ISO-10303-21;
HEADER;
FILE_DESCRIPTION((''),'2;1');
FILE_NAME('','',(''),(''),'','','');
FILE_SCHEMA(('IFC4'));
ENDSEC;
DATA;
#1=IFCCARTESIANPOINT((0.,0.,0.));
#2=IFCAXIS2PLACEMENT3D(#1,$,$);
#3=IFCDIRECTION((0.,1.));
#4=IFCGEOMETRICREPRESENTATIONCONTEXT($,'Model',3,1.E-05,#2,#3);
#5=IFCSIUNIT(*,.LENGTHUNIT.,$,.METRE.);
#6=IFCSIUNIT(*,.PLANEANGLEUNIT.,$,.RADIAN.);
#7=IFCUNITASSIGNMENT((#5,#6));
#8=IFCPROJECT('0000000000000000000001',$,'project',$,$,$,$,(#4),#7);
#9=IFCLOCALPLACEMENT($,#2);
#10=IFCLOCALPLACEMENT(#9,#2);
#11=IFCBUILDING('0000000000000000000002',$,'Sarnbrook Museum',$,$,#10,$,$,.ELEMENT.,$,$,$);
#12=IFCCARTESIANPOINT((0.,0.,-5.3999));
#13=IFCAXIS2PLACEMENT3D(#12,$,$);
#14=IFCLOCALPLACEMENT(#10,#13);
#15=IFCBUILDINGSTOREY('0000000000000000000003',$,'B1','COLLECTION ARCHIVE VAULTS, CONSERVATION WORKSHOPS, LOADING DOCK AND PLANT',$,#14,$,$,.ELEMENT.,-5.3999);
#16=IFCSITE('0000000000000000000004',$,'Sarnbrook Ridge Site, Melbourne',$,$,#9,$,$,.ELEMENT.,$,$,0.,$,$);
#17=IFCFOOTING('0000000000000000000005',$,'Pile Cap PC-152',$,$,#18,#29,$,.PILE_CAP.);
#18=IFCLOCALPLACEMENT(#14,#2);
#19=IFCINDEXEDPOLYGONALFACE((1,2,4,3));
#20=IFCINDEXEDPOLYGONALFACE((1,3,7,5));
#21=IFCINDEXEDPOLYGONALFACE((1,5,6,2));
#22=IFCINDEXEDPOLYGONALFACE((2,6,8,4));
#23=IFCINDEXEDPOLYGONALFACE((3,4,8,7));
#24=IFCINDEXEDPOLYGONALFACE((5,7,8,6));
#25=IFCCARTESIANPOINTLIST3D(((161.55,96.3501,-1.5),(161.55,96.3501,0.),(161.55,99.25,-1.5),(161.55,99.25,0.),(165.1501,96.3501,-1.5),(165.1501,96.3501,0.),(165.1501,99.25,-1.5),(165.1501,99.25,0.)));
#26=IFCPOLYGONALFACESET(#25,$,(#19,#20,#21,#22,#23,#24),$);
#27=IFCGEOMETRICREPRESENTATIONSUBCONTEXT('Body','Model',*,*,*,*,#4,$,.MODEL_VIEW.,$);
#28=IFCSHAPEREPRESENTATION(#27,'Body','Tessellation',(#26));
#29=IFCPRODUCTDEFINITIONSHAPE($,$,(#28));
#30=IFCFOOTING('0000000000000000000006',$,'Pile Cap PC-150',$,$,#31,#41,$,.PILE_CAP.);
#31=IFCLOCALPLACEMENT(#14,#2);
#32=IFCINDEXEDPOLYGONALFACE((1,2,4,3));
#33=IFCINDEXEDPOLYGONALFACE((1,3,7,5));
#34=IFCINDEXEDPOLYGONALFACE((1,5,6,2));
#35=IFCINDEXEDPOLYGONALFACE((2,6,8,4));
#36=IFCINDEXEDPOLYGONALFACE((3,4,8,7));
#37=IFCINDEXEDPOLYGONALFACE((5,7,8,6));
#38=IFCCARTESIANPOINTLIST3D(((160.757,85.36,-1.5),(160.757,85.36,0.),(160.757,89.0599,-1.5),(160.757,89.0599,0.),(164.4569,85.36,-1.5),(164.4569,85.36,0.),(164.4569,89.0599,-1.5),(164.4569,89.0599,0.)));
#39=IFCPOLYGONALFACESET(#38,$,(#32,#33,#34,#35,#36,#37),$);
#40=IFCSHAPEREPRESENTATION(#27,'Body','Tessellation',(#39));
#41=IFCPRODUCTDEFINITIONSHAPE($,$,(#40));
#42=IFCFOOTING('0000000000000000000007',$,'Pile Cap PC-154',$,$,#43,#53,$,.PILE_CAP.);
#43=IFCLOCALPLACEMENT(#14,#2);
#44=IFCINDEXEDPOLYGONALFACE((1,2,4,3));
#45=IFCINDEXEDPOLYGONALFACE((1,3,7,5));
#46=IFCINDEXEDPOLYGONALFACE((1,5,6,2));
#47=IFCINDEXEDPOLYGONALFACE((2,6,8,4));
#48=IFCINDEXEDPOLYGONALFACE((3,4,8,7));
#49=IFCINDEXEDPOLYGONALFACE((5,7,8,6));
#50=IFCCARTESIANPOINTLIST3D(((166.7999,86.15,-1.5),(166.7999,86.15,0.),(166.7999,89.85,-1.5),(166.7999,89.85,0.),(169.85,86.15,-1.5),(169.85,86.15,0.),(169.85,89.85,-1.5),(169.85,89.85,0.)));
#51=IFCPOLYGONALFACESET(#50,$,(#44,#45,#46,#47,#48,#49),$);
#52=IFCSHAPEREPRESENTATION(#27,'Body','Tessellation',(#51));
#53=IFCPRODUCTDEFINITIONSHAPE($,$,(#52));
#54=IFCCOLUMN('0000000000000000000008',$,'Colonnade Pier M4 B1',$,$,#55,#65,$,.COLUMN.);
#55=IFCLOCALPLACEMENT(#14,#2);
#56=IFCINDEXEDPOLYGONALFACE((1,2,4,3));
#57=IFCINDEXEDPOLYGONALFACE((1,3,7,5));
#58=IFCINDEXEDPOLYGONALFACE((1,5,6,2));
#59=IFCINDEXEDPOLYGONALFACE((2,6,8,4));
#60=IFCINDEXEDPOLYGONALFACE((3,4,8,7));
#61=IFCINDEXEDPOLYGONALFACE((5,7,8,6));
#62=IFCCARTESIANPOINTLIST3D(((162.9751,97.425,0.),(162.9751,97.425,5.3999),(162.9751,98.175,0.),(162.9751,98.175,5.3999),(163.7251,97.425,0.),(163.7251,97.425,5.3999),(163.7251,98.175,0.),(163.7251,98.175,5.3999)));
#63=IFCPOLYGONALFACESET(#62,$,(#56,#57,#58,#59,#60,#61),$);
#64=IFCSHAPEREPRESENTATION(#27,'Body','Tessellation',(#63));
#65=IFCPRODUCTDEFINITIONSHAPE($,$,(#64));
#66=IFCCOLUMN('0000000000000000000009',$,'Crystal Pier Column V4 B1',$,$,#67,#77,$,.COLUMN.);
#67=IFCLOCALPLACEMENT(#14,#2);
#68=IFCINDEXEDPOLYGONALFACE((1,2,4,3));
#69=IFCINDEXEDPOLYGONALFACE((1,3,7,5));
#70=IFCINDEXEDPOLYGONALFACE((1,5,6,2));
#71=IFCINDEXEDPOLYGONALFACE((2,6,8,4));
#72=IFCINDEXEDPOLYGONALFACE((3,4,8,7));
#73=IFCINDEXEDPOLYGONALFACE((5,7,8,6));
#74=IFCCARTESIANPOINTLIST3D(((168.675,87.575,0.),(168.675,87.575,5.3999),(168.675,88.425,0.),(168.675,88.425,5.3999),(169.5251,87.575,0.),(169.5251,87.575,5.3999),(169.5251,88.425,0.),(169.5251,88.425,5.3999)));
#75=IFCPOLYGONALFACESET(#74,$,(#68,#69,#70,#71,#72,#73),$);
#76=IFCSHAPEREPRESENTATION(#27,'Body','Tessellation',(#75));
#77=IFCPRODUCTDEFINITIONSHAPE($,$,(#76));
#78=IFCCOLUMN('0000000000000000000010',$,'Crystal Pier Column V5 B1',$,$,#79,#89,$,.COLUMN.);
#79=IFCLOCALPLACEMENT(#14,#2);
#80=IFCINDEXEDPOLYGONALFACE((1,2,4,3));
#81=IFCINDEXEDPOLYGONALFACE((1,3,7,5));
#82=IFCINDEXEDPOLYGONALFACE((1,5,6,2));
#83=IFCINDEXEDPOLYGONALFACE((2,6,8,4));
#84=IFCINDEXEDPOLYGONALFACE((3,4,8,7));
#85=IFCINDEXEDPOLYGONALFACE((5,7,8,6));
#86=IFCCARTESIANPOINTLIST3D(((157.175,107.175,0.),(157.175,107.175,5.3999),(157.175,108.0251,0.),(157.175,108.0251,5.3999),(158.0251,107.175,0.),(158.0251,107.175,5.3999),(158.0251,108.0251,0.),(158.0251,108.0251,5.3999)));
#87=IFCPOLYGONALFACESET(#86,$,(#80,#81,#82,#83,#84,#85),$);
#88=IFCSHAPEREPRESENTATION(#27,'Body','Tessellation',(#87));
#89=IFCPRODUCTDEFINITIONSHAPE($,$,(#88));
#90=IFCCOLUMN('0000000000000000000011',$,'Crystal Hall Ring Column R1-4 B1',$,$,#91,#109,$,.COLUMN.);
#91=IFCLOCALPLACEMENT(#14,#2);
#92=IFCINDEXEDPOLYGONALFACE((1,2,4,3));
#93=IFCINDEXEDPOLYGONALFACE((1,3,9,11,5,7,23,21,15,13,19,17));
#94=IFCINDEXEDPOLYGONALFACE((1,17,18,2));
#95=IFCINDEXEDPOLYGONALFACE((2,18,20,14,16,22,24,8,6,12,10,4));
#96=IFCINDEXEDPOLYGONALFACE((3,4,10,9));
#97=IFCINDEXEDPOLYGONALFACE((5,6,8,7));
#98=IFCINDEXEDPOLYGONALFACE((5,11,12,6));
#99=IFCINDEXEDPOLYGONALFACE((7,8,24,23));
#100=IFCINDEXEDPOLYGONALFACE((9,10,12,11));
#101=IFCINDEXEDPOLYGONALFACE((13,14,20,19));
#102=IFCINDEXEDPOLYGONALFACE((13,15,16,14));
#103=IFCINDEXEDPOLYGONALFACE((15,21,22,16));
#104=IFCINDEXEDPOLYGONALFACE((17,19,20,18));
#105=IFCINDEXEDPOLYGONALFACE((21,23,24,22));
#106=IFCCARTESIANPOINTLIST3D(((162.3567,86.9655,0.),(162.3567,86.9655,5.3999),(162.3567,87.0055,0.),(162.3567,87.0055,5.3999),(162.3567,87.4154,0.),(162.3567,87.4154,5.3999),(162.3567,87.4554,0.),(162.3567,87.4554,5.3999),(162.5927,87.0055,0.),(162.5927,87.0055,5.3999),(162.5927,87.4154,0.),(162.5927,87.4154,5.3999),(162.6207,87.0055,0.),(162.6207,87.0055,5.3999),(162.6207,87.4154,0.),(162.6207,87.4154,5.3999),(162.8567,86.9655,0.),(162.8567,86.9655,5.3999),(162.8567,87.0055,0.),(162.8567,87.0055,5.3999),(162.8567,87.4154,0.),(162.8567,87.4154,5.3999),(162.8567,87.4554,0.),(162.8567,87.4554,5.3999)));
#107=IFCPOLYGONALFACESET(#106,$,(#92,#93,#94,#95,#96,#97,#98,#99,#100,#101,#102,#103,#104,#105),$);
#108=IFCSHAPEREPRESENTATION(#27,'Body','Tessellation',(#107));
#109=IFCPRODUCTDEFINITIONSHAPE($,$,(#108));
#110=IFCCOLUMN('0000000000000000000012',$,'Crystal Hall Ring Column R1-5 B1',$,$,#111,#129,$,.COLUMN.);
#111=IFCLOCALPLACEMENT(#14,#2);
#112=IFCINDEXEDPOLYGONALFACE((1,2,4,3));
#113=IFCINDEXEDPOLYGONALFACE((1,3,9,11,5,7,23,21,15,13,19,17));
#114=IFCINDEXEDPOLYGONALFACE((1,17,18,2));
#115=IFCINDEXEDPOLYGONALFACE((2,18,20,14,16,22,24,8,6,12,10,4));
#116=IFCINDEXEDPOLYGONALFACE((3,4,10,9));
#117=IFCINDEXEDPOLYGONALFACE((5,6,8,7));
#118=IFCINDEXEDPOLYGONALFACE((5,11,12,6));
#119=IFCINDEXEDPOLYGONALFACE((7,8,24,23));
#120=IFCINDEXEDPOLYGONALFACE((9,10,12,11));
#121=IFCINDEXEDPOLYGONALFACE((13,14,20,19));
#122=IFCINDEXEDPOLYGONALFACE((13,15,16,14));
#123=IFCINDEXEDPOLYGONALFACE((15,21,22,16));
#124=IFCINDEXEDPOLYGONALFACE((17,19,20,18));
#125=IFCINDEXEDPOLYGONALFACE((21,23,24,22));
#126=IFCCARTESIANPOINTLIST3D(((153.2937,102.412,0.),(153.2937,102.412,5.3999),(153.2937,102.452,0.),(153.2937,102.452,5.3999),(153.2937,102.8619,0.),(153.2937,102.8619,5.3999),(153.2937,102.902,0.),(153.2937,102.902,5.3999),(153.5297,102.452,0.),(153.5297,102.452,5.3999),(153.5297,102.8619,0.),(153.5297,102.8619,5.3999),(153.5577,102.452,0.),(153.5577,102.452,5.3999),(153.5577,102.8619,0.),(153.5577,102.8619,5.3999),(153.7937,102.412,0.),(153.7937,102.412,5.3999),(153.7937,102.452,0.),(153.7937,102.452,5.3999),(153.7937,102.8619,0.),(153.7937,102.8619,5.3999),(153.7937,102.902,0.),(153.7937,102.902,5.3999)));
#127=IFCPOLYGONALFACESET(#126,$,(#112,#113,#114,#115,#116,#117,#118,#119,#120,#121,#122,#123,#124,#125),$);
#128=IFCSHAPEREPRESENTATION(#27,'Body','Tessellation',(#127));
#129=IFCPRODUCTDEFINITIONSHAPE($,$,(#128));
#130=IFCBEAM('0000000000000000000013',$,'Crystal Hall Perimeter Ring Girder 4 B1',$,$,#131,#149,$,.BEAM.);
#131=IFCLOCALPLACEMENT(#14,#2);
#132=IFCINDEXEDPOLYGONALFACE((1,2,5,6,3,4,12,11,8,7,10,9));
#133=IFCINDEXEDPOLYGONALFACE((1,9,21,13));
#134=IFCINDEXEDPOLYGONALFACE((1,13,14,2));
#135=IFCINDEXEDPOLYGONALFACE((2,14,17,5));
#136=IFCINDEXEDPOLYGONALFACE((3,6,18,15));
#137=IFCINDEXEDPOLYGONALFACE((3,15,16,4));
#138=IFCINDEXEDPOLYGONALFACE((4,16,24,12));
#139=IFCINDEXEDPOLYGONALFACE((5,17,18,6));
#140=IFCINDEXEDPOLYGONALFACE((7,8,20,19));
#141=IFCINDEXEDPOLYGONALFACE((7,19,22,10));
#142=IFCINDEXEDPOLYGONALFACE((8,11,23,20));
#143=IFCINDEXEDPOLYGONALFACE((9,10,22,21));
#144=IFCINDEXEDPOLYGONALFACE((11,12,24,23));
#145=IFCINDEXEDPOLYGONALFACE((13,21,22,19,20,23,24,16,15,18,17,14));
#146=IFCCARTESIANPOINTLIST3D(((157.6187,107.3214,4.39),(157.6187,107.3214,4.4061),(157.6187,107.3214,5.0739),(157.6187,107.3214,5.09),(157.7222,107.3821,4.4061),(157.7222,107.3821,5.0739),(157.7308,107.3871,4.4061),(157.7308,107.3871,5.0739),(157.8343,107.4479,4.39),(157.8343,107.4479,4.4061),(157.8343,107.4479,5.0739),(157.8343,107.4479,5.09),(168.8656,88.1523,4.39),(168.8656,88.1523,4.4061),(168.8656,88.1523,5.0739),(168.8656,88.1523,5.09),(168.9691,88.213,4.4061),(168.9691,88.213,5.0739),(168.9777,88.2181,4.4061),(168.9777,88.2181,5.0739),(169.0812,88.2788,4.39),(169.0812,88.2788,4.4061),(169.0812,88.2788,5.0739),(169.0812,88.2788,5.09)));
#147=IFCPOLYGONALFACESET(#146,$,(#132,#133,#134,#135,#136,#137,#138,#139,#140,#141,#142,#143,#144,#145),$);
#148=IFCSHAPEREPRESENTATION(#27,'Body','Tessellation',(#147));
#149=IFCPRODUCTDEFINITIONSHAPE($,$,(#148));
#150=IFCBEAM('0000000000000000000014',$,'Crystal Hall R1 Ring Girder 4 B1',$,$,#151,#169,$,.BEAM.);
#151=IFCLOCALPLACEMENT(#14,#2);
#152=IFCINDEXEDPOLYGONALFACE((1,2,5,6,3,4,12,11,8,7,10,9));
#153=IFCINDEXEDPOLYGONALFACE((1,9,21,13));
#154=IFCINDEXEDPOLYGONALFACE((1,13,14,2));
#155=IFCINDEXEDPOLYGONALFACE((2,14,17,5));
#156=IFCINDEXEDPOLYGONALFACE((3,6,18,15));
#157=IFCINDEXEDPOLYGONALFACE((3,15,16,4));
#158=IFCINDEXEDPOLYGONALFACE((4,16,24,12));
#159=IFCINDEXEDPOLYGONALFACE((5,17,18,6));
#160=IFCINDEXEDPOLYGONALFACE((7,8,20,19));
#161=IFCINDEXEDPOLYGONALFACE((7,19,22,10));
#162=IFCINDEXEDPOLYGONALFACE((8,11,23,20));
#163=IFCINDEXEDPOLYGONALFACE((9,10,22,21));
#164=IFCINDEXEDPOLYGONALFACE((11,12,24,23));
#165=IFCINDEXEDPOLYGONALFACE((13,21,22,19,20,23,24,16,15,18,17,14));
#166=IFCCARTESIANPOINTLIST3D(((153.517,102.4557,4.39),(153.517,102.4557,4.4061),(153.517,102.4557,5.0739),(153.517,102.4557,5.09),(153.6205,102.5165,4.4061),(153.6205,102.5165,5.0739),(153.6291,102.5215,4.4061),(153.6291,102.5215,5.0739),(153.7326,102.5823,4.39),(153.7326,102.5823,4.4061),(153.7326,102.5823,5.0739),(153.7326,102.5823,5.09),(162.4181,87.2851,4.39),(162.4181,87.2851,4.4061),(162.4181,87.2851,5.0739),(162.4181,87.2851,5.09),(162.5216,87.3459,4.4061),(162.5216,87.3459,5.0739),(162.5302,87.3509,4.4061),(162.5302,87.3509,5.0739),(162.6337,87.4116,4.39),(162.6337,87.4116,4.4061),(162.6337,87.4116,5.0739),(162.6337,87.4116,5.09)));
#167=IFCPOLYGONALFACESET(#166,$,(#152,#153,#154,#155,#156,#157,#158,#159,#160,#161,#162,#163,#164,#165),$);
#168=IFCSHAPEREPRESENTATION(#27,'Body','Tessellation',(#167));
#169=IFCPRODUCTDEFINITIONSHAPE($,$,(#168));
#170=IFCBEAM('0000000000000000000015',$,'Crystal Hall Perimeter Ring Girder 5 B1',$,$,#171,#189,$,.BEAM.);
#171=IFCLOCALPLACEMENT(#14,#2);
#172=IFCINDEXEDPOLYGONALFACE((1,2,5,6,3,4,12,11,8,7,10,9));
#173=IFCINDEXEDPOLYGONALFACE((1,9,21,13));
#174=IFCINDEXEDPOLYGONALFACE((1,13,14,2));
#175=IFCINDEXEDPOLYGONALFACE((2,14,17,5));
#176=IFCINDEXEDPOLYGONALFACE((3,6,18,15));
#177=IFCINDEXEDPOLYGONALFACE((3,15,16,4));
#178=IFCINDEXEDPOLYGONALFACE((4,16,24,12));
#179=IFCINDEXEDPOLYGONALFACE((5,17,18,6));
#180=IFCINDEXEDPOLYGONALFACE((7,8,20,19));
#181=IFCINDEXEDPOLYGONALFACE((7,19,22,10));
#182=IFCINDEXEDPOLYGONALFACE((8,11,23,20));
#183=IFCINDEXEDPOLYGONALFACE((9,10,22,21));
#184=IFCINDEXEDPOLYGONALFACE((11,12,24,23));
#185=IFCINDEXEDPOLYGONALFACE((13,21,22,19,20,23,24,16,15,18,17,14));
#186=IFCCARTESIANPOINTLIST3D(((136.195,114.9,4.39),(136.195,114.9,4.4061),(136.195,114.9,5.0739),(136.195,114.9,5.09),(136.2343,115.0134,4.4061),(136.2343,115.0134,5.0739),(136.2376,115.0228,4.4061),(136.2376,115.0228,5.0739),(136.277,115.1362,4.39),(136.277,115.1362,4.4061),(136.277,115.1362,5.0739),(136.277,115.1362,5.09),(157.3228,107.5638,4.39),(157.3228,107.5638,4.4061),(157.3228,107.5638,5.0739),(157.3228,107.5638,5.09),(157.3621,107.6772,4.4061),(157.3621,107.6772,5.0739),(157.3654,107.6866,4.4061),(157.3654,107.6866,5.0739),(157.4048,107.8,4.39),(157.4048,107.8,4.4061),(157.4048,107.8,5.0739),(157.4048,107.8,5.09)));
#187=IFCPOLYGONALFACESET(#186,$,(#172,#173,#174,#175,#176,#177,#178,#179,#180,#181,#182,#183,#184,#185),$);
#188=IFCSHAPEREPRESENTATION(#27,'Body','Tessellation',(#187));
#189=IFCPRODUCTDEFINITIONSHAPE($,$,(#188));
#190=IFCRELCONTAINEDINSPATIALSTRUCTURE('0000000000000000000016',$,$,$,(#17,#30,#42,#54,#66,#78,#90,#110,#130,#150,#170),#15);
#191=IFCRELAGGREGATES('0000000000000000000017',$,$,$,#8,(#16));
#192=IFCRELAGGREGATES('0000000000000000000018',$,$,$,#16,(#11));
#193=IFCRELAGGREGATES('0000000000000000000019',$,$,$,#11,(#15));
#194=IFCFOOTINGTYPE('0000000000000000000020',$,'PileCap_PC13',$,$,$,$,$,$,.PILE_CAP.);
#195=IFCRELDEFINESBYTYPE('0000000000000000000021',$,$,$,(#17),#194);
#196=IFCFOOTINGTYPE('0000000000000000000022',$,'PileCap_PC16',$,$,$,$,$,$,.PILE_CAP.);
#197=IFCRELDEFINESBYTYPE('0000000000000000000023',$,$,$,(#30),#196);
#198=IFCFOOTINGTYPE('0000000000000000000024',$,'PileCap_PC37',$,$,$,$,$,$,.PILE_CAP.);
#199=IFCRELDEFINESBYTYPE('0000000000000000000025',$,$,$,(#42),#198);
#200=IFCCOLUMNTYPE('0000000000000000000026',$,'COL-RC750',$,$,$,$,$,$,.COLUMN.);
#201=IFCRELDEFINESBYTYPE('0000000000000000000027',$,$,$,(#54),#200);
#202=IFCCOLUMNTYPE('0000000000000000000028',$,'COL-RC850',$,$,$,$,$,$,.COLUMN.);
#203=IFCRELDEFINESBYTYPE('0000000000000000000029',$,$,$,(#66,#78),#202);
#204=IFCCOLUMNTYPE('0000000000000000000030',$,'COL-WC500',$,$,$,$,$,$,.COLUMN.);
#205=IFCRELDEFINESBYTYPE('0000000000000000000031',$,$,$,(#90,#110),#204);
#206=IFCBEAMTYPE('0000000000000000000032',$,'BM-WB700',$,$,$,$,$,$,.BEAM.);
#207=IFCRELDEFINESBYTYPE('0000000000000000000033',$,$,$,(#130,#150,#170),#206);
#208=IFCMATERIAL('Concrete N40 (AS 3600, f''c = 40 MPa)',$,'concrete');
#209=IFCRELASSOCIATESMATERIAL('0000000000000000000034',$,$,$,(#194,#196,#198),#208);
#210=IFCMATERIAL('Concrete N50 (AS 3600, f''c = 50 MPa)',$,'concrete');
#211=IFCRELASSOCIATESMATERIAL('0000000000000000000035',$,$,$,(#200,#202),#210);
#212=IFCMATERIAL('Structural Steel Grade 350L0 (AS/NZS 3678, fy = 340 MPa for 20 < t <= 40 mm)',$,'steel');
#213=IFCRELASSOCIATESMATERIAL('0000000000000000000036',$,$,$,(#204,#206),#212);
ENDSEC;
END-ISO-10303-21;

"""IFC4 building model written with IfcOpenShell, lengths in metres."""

from ifc_helpers import new_model, si_unit, direction, frame, origin, origin_2d, place, context, subcontext, project, spatial, rectangle, i_section, extrude, material, material_profile, profile_set, type_object, element, save


model = new_model("IFC4")

# Units and contexts
model_context = context("Model", 3, precision=1e-05, world=origin(), true_north=direction((0.0, 1.0)))
body_context = subcontext(model_context, "Body", "Model", "MODEL_VIEW")
ifc_project = project(units=[si_unit("LENGTHUNIT", "METRE"), si_unit("PLANEANGLEUNIT", "RADIAN")], contexts=[model_context])

# Site, building, storey
site_placement = place(None, origin())
site = spatial("IfcSite", under=ifc_project, at=site_placement, Name="Sarnbrook Ridge Site, Melbourne", CompositionType="ELEMENT", RefElevation=0.0)
building_placement = place(site_placement, origin())
building = spatial("IfcBuilding", under=site, at=building_placement, Name="Sarnbrook Museum", CompositionType="ELEMENT")
storey_placement = place(building_placement, frame((0.0, 0.0, -5.3999)))
storey = spatial("IfcBuildingStorey", under=building, at=storey_placement, Name="B1", Description="COLLECTION ARCHIVE VAULTS, CONSERVATION WORKSHOPS, LOADING DOCK AND PLANT", CompositionType="ELEMENT", Elevation=-5.3999)

# Shared definitions
ifc_material_1 = material(Name="Concrete N50 (AS 3600, f'c = 50 MPa)", Category="concrete")

# Footings
ifc_material_2 = material(Name="Concrete N40 (AS 3600, f'c = 40 MPa)", Category="concrete")
footing_type_1 = type_object("IfcFootingType", Name="PileCap_PC13", PredefinedType="PILE_CAP", material=ifc_material_2)
footing_1_placement = place(storey_placement, frame((163.3501, 97.8, -1.5), z_axis=(0.0, 0.0, 1.0), x_axis=(1.0, 0.0, 0.0)))
element("IfcFooting", 1, at=footing_1_placement, inside=storey, type_object=footing_type_1, Name="Pile Cap PC-152", PredefinedType="PILE_CAP", context=body_context, shape_type="SweptSolid", body=[
    extrude(rectangle(XDim=3.6001, YDim=2.8999, at=origin_2d()), origin(), (0.0, 0.0, 1.0), 1.5),
])
footing_type_2 = type_object("IfcFootingType", Name="PileCap_PC16", PredefinedType="PILE_CAP", material=ifc_material_2)
footing_2_placement = place(storey_placement, frame((162.6069, 87.21, -1.5), z_axis=(0.0, 0.0, 1.0), x_axis=(1.0, 0.0, 0.0)))
element("IfcFooting", 2, at=footing_2_placement, inside=storey, type_object=footing_type_2, Name="Pile Cap PC-150", PredefinedType="PILE_CAP", context=body_context, shape_type="SweptSolid", body=[
    extrude(rectangle(XDim=3.7, YDim=3.7, at=origin_2d()), origin(), (0.0, 0.0, 1.0), 1.5),
])
footing_type_3 = type_object("IfcFootingType", Name="PileCap_PC37", PredefinedType="PILE_CAP", material=ifc_material_2)
footing_3_placement = place(storey_placement, frame((168.325, 88.0, -1.5), z_axis=(0.0, 0.0, 1.0), x_axis=(1.0, 0.0, 0.0)))
element("IfcFooting", 3, at=footing_3_placement, inside=storey, type_object=footing_type_3, Name="Pile Cap PC-154", PredefinedType="PILE_CAP", context=body_context, shape_type="SweptSolid", body=[
    extrude(rectangle(XDim=3.05, YDim=3.7, at=origin_2d()), origin(), (0.0, 0.0, 1.0), 1.5),
])

# Columns
ifc_material_profile_1 = material_profile(ifc_material_1, rectangle(XDim=0.75, YDim=0.75, at=origin_2d()), Name="RC 750x750")
ifc_profile_set_1 = profile_set([ifc_material_profile_1], Name="Concrete N50 (AS 3600, f'c = 50 MPa)")
column_type_1 = type_object("IfcColumnType", Name="COL-RC750", PredefinedType="COLUMN", material=ifc_profile_set_1)
column_placement = place(storey_placement, frame((163.3501, 97.8, 0.0), z_axis=(0.0, 0.0, 1.0), x_axis=(1.0, 0.0, 0.0)))
element("IfcColumn", 4, at=column_placement, inside=storey, type_object=column_type_1, Name="Colonnade Pier M4 B1", PredefinedType="COLUMN", context=body_context, shape_type="SweptSolid", body=[
    extrude(rectangle(XDim=0.75, YDim=0.75, at=origin_2d()), origin(), (0.0, 0.0, 1.0), 5.3999),
])
ifc_material_profile_2 = material_profile(ifc_material_1, rectangle(XDim=0.8501, YDim=0.8501, at=origin_2d()), Name="RC 850x850")
ifc_profile_set_2 = profile_set([ifc_material_profile_2], Name="Concrete N50 (AS 3600, f'c = 50 MPa)")
column_type_2 = type_object("IfcColumnType", Name="COL-RC850", PredefinedType="COLUMN", material=ifc_profile_set_2)
for number, where, z_axis, x_axis, name in (
    (5, (169.1001, 88.0, 0.0), (0.0, 0.0, 1.0), (1.0, 0.0, 0.0), "Crystal Pier Column V4 B1"),
    (6, (157.6001, 107.6001, 0.0), (0.0, 0.0, 1.0), (1.0, 0.0, 0.0), "Crystal Pier Column V5 B1"),
):
    element("IfcColumn", number, at=place(storey_placement, frame(where, z_axis=z_axis, x_axis=x_axis)), inside=storey, type_object=column_type_2, Name=name, PredefinedType="COLUMN", context=body_context, shape_type="SweptSolid", body=[
        extrude(rectangle(XDim=0.8501, YDim=0.8501, at=origin_2d()), origin(), (0.0, 0.0, 1.0), 5.3999),
    ])
ifc_material_3 = material(Name="Structural Steel Grade 350L0 (AS/NZS 3678, fy = 340 MPa for 20 < t <= 40 mm)", Category="steel")
ifc_material_profile_3 = material_profile(ifc_material_3, i_section(OverallWidth=0.5, OverallDepth=0.49, WebThickness=0.0281, FlangeThickness=0.04, at=origin_2d()), Name="500WC340")
ifc_profile_set_3 = profile_set([ifc_material_profile_3], Name="Structural Steel Grade 350L0 (AS/NZS 3678, fy = 340 MPa for 20 < t <= 40 mm)")
column_type_3 = type_object("IfcColumnType", Name="COL-WC500", PredefinedType="COLUMN", material=ifc_profile_set_3)
for number, where, z_axis, x_axis, name in (
    (7, (162.6067, 87.2104, 0.0), (0.0, 0.0, 1.0), (1.0, 0.0, 0.0), "Crystal Hall Ring Column R1-4 B1"),
    (8, (153.5437, 102.657, 0.0), (0.0, 0.0, 1.0), (1.0, 0.0, 0.0), "Crystal Hall Ring Column R1-5 B1"),
):
    element("IfcColumn", number, at=place(storey_placement, frame(where, z_axis=z_axis, x_axis=x_axis)), inside=storey, type_object=column_type_3, Name=name, PredefinedType="COLUMN", context=body_context, shape_type="SweptSolid", body=[
        extrude(i_section(OverallWidth=0.5, OverallDepth=0.49, WebThickness=0.0281, FlangeThickness=0.04, at=origin_2d()), origin(), (0.0, 0.0, 1.0), 5.3999),
    ])

# Beams
ifc_material_profile_4 = material_profile(ifc_material_3, i_section(OverallWidth=0.25, OverallDepth=0.7, WebThickness=0.01, FlangeThickness=0.0161, at=origin_2d()), Name="700WB130")
ifc_profile_set_4 = profile_set([ifc_material_profile_4], Name="Structural Steel Grade 350L0 (AS/NZS 3678, fy = 340 MPa for 20 < t <= 40 mm)")
beam_type_1 = type_object("IfcBeamType", Name="BM-WB700", PredefinedType="BEAM", material=ifc_profile_set_4)
beam_1_placement = place(storey_placement, frame((168.9734, 88.2156, 4.74), z_axis=(-0.50605, 0.862504, 0.0), x_axis=(-0.862504, -0.50605, 0.0)))
element("IfcBeam", 9, at=beam_1_placement, inside=storey, type_object=beam_type_1, Name="Crystal Hall Perimeter Ring Girder 4 B1", PredefinedType="BEAM", context=body_context, shape_type="SweptSolid", body=[
    extrude(i_section(OverallWidth=0.25, OverallDepth=0.7, WebThickness=0.01, FlangeThickness=0.0161, at=origin_2d()), origin(), (0.0, 0.0, 1.0), 22.2249),
])
beam_2_placement = place(storey_placement, frame((162.5259, 87.3484, 4.74), z_axis=(-0.506057, 0.8625, 0.0), x_axis=(-0.8625, -0.506057, 0.0)))
element("IfcBeam", 10, at=beam_2_placement, inside=storey, type_object=beam_type_1, Name="Crystal Hall R1 Ring Girder 4 B1", PredefinedType="BEAM", context=body_context, shape_type="SweptSolid", body=[
    extrude(i_section(OverallWidth=0.25, OverallDepth=0.7, WebThickness=0.01, FlangeThickness=0.0161, at=origin_2d()), origin(), (0.0, 0.0, 1.0), 17.5891),
])
beam_3_placement = place(storey_placement, frame((157.3638, 107.6819, 4.74), z_axis=(-0.944671, 0.328019, 0.0), x_axis=(-0.328019, -0.944671, 0.0)))
element("IfcBeam", 11, at=beam_3_placement, inside=storey, type_object=beam_type_1, Name="Crystal Hall Perimeter Ring Girder 5 B1", PredefinedType="BEAM", context=body_context, shape_type="SweptSolid", body=[
    extrude(i_section(OverallWidth=0.25, OverallDepth=0.7, WebThickness=0.01, FlangeThickness=0.0161, at=origin_2d()), origin(), (0.0, 0.0, 1.0), 22.3652),
])

save(model, "model.ifc")
